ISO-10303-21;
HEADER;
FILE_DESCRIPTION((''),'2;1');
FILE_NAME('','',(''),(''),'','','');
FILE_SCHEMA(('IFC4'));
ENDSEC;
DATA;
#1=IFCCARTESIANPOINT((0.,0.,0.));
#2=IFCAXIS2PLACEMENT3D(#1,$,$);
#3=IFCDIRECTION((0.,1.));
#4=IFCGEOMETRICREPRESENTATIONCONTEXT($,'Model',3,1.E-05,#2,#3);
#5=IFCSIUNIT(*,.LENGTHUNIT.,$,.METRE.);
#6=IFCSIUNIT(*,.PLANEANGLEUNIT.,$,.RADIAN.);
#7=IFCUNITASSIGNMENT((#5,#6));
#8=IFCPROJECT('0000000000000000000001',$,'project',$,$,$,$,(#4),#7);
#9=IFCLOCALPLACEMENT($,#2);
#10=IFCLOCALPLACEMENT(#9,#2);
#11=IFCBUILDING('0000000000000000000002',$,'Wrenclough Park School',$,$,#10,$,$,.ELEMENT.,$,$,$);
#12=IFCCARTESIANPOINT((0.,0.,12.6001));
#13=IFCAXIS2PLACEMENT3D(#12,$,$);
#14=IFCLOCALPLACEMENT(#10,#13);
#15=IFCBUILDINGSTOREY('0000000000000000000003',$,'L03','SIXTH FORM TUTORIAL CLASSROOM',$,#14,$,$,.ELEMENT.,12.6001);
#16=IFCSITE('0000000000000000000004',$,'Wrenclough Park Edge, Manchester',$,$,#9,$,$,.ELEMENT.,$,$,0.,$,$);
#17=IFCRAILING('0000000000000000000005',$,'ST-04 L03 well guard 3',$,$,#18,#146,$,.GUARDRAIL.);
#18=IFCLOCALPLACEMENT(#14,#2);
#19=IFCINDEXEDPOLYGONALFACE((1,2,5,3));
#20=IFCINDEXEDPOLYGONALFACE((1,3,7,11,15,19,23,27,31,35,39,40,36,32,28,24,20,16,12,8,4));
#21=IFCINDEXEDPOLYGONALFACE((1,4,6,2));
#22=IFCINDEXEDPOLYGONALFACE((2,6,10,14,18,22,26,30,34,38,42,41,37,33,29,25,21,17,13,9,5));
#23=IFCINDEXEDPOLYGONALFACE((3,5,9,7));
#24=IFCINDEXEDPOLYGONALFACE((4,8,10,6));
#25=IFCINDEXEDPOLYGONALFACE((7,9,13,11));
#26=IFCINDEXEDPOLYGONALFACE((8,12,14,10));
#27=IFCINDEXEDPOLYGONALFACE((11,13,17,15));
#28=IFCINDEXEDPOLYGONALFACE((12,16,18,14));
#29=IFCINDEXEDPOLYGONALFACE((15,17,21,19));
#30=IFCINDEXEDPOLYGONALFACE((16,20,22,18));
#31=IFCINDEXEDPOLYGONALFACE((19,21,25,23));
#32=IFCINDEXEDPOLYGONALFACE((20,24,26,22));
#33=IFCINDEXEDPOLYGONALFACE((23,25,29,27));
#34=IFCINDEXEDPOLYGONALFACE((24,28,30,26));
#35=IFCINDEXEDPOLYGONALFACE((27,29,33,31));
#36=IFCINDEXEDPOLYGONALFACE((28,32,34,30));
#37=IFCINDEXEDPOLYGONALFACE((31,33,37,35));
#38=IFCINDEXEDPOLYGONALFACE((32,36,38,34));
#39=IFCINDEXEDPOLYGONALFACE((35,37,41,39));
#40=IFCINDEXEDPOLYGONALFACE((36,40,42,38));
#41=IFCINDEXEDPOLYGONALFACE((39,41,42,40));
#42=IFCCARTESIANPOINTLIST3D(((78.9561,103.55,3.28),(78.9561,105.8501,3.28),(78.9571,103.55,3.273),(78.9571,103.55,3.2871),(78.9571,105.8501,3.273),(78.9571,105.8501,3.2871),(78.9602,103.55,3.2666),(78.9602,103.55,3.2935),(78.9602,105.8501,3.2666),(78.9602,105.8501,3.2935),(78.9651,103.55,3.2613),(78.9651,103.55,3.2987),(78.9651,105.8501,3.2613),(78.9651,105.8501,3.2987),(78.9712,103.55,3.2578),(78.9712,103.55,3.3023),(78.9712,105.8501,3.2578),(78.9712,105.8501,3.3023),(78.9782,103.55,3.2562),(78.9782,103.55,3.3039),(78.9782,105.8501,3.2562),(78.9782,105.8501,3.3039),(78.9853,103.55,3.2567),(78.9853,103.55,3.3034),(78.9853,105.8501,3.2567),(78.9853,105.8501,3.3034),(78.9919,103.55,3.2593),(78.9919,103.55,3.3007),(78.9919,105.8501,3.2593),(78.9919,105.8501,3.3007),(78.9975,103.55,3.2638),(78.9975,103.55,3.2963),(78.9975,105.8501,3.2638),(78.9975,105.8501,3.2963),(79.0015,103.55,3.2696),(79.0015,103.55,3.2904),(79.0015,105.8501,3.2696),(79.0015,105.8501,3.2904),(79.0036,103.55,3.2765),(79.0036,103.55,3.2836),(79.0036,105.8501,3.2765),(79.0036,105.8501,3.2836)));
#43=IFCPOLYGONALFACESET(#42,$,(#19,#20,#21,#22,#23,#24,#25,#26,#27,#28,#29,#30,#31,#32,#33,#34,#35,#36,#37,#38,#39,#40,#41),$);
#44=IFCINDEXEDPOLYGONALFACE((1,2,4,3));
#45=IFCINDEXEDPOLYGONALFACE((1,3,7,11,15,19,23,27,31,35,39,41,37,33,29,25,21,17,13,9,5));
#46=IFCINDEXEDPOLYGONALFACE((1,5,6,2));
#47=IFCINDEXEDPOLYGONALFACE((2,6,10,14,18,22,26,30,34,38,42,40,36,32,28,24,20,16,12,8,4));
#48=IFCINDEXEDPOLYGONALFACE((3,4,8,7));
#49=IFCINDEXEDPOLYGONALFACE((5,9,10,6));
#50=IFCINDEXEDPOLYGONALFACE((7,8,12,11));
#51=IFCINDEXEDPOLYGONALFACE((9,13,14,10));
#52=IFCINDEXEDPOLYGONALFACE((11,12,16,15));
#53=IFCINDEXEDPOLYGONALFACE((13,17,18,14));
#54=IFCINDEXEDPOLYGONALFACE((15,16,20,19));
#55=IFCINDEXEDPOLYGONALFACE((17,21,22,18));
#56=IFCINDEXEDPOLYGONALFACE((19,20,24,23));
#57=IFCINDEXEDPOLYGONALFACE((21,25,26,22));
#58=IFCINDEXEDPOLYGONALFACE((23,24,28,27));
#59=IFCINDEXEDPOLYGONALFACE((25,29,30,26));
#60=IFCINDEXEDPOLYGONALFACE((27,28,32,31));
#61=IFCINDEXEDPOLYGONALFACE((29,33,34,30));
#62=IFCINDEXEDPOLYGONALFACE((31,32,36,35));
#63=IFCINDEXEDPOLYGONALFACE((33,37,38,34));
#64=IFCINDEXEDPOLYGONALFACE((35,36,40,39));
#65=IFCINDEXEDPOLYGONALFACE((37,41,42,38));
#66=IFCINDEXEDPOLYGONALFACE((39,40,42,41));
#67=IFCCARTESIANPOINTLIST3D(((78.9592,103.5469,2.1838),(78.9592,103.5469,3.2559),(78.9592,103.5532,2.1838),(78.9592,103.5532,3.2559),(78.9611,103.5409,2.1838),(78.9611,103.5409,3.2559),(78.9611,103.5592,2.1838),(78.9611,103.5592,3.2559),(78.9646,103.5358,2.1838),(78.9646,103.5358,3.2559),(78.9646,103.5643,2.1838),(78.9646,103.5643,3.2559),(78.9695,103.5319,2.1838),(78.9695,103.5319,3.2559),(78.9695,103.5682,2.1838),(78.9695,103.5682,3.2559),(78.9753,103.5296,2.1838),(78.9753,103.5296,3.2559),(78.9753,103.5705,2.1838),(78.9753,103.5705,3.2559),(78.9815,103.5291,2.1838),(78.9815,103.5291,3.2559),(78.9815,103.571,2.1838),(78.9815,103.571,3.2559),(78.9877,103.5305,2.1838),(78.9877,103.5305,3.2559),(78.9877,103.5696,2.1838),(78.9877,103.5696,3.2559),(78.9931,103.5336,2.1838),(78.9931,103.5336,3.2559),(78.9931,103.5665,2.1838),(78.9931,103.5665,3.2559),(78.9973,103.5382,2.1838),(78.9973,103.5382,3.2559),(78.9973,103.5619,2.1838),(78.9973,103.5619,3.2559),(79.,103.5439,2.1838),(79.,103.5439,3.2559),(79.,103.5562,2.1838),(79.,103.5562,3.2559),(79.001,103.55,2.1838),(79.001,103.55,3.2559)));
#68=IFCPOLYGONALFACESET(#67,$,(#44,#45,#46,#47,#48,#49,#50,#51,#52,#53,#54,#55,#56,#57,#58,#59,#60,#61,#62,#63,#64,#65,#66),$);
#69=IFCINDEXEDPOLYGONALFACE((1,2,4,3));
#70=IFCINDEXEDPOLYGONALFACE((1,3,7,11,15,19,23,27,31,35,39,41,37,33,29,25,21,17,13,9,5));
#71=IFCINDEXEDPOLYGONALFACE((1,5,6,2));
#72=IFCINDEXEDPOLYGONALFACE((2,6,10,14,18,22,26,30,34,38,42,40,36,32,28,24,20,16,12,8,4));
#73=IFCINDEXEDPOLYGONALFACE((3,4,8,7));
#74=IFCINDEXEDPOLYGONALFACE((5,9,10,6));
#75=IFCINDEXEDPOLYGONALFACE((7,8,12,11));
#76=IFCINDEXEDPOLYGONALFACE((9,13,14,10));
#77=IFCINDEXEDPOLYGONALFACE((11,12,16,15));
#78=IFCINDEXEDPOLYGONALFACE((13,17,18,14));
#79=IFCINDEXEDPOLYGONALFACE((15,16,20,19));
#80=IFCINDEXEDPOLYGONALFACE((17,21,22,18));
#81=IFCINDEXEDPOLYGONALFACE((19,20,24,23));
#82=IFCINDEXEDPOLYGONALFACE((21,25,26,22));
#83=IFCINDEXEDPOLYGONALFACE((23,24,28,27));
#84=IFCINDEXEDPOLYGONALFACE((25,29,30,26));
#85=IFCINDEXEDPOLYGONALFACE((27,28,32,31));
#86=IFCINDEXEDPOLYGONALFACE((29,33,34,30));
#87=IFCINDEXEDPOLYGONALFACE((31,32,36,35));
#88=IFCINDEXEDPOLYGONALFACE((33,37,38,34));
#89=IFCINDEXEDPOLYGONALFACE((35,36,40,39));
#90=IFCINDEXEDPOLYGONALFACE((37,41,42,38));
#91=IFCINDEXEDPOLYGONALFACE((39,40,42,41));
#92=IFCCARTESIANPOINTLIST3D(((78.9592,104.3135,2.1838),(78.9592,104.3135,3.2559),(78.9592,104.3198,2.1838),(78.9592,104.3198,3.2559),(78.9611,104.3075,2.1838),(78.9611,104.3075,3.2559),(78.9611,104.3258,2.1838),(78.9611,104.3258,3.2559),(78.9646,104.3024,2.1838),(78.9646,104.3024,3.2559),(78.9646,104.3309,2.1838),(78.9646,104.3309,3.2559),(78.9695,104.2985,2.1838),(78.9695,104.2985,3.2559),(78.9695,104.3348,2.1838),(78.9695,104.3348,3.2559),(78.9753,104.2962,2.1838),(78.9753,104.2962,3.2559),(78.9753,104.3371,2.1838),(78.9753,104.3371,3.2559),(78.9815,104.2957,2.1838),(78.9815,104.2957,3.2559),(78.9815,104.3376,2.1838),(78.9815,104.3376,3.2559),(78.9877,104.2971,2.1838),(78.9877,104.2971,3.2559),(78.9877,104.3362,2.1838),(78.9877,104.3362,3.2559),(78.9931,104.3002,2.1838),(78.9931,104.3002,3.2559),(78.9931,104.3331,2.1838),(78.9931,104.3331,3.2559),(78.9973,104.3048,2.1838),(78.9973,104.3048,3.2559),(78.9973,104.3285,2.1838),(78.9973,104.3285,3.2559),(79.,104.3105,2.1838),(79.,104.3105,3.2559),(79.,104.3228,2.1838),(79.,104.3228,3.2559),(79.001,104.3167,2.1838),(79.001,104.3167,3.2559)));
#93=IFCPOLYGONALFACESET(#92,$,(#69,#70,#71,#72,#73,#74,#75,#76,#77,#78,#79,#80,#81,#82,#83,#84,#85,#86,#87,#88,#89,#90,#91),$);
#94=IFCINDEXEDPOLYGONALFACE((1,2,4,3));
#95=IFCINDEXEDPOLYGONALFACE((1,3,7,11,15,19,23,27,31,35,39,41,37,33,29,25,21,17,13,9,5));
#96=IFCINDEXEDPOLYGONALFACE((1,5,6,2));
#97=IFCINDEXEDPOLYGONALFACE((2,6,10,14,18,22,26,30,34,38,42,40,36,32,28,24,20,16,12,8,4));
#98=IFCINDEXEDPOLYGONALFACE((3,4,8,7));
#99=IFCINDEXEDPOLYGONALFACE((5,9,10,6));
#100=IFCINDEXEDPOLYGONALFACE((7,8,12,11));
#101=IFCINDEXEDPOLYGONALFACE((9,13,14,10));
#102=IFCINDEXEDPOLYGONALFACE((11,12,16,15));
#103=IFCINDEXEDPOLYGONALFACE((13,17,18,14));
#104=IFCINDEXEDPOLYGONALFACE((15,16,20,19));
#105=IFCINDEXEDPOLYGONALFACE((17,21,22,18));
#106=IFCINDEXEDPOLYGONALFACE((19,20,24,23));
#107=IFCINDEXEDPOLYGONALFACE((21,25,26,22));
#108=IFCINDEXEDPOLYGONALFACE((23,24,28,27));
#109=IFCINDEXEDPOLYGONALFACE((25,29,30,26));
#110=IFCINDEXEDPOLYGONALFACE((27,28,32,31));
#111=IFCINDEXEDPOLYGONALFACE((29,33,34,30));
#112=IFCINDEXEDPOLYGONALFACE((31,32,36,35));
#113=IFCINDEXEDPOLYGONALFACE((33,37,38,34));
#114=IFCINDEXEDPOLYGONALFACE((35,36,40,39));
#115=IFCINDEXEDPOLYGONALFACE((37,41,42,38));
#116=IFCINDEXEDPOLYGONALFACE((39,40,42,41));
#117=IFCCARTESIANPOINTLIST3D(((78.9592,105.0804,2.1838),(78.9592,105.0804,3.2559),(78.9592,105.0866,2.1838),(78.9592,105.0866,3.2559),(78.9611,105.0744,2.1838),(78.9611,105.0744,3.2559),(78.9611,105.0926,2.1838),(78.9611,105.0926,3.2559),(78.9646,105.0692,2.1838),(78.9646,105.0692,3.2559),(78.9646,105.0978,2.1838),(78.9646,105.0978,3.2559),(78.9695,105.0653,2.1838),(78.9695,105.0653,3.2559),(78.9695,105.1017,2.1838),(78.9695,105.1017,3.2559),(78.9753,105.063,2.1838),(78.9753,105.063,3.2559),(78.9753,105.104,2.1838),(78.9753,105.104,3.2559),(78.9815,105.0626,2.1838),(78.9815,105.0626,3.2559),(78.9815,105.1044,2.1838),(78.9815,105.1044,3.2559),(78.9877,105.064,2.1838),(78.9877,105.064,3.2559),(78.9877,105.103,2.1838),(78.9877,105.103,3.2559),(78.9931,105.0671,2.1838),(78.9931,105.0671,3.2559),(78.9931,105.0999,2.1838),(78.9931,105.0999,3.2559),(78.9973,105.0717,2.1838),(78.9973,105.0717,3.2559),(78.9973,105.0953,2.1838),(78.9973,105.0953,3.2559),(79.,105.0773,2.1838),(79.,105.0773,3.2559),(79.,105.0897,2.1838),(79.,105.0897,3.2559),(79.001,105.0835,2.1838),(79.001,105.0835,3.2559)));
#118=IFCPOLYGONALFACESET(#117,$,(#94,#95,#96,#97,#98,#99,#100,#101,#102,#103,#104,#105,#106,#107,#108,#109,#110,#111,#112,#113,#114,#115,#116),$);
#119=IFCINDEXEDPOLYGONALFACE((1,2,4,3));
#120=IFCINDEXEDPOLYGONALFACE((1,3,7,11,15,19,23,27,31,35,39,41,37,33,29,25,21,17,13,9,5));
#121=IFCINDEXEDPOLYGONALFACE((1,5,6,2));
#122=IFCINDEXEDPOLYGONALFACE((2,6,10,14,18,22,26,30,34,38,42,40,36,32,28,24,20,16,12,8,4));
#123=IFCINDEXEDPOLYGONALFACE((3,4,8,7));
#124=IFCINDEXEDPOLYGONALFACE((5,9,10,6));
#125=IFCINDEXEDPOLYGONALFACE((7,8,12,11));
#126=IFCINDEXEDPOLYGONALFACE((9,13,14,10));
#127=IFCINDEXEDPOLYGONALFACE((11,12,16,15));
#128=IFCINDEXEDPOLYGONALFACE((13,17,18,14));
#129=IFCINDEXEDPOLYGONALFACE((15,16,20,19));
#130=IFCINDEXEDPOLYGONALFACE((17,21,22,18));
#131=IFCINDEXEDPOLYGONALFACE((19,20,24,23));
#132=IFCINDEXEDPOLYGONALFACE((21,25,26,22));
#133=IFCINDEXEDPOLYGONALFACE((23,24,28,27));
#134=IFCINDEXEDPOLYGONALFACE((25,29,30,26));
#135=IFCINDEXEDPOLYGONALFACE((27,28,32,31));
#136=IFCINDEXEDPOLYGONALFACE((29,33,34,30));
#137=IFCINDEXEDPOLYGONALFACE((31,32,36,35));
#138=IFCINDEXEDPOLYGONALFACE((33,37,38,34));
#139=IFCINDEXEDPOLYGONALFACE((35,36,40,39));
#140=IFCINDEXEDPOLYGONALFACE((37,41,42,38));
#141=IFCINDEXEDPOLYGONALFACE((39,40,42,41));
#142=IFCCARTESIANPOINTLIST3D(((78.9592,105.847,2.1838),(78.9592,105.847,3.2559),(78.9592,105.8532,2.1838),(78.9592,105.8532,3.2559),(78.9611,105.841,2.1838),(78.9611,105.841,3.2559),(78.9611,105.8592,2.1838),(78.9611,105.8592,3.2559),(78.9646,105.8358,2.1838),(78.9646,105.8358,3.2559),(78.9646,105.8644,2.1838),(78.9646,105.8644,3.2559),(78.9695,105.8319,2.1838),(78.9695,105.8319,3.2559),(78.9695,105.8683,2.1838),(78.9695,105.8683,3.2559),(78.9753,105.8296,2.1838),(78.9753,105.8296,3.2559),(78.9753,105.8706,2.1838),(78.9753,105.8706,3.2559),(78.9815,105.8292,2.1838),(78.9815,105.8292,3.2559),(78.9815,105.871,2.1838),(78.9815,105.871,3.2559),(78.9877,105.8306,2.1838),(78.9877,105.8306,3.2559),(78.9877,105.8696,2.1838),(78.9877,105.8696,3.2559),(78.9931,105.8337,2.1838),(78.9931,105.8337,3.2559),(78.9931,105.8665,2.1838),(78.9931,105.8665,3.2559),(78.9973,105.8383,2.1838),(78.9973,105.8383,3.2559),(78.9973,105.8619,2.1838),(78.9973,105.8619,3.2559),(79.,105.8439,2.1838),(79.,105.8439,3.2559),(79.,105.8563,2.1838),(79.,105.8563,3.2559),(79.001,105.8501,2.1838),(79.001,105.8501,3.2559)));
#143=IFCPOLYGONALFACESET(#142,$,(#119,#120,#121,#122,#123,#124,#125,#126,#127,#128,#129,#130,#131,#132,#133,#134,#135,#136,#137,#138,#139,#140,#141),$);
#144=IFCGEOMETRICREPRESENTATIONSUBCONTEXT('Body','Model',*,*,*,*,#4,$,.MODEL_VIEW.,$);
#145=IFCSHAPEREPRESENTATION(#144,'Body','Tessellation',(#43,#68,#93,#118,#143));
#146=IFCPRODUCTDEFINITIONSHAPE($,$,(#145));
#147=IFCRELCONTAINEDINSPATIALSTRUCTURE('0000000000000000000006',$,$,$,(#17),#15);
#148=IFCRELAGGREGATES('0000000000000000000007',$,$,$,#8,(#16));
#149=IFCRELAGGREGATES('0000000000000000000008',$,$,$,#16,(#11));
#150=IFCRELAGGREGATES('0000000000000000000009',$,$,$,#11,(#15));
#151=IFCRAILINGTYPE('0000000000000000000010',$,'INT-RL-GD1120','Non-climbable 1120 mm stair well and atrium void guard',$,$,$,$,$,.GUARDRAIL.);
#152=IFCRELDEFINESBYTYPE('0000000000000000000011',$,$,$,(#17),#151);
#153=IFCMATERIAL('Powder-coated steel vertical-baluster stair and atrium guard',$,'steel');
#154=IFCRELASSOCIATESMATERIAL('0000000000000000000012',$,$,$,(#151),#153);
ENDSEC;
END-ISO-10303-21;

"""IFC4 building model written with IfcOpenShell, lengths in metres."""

from ifc_helpers import new_model, si_unit, direction, frame, origin, origin_2d, place, context, subcontext, project, spatial, circle, extrude, material, type_object, element, save


model = new_model("IFC4")

# Units and contexts
model_context = context("Model", 3, precision=1e-05, world=origin(), true_north=direction((0.0, 1.0)))
body_context = subcontext(model_context, "Body", "Model", "MODEL_VIEW")
ifc_project = project(units=[si_unit("LENGTHUNIT", "METRE"), si_unit("PLANEANGLEUNIT", "RADIAN")], contexts=[model_context])

# Site, building, storey
site_placement = place(None, origin())
site = spatial("IfcSite", under=ifc_project, at=site_placement, Name="Wrenclough Park Edge, Manchester", CompositionType="ELEMENT", RefElevation=0.0)
building_placement = place(site_placement, origin())
building = spatial("IfcBuilding", under=site, at=building_placement, Name="Wrenclough Park School", CompositionType="ELEMENT")
storey_placement = place(building_placement, frame((0.0, 0.0, 12.6001)))
storey = spatial("IfcBuildingStorey", under=building, at=storey_placement, Name="L03", Description="SIXTH FORM TUTORIAL CLASSROOM", CompositionType="ELEMENT", Elevation=12.6001)

# Railing
ifc_material_1 = material(Name="Powder-coated steel vertical-baluster stair and atrium guard", Category="steel")
railing_type_1 = type_object("IfcRailingType", Name="INT-RL-GD1120", Description="Non-climbable 1120 mm stair well and atrium void guard", PredefinedType="GUARDRAIL", material=ifc_material_1)
railing_1_placement = place(storey_placement, frame((78.98, 103.55, 2.1838)))
element("IfcRailing", 1, at=railing_1_placement, inside=storey, type_object=railing_type_1, Name="ST-04 L03 well guard 3", PredefinedType="GUARDRAIL", context=body_context, shape_type="SweptSolid", body=[
    extrude(circle(Radius=0.0239, at=origin_2d()), frame((0.0, 0.0, 1.0962), z_axis=(0.0, 1.0, 0.0), x_axis=(-1.0, 0.0, 0.0)), (0.0, 0.0, 1.0), 2.3),
    extrude(circle(Radius=0.021, at=origin_2d()), origin(), (0.0, 0.0, 1.0), 1.072),
    extrude(circle(Radius=0.021, at=origin_2d()), frame((0.0, 0.7666, 0.0)), (0.0, 0.0, 1.0), 1.072),
    extrude(circle(Radius=0.021, at=origin_2d()), frame((0.0, 1.5334, 0.0)), (0.0, 0.0, 1.0), 1.072),
    extrude(circle(Radius=0.021, at=origin_2d()), frame((0.0, 2.3, 0.0)), (0.0, 0.0, 1.0), 1.072),
])

save(model, "model.ifc")
